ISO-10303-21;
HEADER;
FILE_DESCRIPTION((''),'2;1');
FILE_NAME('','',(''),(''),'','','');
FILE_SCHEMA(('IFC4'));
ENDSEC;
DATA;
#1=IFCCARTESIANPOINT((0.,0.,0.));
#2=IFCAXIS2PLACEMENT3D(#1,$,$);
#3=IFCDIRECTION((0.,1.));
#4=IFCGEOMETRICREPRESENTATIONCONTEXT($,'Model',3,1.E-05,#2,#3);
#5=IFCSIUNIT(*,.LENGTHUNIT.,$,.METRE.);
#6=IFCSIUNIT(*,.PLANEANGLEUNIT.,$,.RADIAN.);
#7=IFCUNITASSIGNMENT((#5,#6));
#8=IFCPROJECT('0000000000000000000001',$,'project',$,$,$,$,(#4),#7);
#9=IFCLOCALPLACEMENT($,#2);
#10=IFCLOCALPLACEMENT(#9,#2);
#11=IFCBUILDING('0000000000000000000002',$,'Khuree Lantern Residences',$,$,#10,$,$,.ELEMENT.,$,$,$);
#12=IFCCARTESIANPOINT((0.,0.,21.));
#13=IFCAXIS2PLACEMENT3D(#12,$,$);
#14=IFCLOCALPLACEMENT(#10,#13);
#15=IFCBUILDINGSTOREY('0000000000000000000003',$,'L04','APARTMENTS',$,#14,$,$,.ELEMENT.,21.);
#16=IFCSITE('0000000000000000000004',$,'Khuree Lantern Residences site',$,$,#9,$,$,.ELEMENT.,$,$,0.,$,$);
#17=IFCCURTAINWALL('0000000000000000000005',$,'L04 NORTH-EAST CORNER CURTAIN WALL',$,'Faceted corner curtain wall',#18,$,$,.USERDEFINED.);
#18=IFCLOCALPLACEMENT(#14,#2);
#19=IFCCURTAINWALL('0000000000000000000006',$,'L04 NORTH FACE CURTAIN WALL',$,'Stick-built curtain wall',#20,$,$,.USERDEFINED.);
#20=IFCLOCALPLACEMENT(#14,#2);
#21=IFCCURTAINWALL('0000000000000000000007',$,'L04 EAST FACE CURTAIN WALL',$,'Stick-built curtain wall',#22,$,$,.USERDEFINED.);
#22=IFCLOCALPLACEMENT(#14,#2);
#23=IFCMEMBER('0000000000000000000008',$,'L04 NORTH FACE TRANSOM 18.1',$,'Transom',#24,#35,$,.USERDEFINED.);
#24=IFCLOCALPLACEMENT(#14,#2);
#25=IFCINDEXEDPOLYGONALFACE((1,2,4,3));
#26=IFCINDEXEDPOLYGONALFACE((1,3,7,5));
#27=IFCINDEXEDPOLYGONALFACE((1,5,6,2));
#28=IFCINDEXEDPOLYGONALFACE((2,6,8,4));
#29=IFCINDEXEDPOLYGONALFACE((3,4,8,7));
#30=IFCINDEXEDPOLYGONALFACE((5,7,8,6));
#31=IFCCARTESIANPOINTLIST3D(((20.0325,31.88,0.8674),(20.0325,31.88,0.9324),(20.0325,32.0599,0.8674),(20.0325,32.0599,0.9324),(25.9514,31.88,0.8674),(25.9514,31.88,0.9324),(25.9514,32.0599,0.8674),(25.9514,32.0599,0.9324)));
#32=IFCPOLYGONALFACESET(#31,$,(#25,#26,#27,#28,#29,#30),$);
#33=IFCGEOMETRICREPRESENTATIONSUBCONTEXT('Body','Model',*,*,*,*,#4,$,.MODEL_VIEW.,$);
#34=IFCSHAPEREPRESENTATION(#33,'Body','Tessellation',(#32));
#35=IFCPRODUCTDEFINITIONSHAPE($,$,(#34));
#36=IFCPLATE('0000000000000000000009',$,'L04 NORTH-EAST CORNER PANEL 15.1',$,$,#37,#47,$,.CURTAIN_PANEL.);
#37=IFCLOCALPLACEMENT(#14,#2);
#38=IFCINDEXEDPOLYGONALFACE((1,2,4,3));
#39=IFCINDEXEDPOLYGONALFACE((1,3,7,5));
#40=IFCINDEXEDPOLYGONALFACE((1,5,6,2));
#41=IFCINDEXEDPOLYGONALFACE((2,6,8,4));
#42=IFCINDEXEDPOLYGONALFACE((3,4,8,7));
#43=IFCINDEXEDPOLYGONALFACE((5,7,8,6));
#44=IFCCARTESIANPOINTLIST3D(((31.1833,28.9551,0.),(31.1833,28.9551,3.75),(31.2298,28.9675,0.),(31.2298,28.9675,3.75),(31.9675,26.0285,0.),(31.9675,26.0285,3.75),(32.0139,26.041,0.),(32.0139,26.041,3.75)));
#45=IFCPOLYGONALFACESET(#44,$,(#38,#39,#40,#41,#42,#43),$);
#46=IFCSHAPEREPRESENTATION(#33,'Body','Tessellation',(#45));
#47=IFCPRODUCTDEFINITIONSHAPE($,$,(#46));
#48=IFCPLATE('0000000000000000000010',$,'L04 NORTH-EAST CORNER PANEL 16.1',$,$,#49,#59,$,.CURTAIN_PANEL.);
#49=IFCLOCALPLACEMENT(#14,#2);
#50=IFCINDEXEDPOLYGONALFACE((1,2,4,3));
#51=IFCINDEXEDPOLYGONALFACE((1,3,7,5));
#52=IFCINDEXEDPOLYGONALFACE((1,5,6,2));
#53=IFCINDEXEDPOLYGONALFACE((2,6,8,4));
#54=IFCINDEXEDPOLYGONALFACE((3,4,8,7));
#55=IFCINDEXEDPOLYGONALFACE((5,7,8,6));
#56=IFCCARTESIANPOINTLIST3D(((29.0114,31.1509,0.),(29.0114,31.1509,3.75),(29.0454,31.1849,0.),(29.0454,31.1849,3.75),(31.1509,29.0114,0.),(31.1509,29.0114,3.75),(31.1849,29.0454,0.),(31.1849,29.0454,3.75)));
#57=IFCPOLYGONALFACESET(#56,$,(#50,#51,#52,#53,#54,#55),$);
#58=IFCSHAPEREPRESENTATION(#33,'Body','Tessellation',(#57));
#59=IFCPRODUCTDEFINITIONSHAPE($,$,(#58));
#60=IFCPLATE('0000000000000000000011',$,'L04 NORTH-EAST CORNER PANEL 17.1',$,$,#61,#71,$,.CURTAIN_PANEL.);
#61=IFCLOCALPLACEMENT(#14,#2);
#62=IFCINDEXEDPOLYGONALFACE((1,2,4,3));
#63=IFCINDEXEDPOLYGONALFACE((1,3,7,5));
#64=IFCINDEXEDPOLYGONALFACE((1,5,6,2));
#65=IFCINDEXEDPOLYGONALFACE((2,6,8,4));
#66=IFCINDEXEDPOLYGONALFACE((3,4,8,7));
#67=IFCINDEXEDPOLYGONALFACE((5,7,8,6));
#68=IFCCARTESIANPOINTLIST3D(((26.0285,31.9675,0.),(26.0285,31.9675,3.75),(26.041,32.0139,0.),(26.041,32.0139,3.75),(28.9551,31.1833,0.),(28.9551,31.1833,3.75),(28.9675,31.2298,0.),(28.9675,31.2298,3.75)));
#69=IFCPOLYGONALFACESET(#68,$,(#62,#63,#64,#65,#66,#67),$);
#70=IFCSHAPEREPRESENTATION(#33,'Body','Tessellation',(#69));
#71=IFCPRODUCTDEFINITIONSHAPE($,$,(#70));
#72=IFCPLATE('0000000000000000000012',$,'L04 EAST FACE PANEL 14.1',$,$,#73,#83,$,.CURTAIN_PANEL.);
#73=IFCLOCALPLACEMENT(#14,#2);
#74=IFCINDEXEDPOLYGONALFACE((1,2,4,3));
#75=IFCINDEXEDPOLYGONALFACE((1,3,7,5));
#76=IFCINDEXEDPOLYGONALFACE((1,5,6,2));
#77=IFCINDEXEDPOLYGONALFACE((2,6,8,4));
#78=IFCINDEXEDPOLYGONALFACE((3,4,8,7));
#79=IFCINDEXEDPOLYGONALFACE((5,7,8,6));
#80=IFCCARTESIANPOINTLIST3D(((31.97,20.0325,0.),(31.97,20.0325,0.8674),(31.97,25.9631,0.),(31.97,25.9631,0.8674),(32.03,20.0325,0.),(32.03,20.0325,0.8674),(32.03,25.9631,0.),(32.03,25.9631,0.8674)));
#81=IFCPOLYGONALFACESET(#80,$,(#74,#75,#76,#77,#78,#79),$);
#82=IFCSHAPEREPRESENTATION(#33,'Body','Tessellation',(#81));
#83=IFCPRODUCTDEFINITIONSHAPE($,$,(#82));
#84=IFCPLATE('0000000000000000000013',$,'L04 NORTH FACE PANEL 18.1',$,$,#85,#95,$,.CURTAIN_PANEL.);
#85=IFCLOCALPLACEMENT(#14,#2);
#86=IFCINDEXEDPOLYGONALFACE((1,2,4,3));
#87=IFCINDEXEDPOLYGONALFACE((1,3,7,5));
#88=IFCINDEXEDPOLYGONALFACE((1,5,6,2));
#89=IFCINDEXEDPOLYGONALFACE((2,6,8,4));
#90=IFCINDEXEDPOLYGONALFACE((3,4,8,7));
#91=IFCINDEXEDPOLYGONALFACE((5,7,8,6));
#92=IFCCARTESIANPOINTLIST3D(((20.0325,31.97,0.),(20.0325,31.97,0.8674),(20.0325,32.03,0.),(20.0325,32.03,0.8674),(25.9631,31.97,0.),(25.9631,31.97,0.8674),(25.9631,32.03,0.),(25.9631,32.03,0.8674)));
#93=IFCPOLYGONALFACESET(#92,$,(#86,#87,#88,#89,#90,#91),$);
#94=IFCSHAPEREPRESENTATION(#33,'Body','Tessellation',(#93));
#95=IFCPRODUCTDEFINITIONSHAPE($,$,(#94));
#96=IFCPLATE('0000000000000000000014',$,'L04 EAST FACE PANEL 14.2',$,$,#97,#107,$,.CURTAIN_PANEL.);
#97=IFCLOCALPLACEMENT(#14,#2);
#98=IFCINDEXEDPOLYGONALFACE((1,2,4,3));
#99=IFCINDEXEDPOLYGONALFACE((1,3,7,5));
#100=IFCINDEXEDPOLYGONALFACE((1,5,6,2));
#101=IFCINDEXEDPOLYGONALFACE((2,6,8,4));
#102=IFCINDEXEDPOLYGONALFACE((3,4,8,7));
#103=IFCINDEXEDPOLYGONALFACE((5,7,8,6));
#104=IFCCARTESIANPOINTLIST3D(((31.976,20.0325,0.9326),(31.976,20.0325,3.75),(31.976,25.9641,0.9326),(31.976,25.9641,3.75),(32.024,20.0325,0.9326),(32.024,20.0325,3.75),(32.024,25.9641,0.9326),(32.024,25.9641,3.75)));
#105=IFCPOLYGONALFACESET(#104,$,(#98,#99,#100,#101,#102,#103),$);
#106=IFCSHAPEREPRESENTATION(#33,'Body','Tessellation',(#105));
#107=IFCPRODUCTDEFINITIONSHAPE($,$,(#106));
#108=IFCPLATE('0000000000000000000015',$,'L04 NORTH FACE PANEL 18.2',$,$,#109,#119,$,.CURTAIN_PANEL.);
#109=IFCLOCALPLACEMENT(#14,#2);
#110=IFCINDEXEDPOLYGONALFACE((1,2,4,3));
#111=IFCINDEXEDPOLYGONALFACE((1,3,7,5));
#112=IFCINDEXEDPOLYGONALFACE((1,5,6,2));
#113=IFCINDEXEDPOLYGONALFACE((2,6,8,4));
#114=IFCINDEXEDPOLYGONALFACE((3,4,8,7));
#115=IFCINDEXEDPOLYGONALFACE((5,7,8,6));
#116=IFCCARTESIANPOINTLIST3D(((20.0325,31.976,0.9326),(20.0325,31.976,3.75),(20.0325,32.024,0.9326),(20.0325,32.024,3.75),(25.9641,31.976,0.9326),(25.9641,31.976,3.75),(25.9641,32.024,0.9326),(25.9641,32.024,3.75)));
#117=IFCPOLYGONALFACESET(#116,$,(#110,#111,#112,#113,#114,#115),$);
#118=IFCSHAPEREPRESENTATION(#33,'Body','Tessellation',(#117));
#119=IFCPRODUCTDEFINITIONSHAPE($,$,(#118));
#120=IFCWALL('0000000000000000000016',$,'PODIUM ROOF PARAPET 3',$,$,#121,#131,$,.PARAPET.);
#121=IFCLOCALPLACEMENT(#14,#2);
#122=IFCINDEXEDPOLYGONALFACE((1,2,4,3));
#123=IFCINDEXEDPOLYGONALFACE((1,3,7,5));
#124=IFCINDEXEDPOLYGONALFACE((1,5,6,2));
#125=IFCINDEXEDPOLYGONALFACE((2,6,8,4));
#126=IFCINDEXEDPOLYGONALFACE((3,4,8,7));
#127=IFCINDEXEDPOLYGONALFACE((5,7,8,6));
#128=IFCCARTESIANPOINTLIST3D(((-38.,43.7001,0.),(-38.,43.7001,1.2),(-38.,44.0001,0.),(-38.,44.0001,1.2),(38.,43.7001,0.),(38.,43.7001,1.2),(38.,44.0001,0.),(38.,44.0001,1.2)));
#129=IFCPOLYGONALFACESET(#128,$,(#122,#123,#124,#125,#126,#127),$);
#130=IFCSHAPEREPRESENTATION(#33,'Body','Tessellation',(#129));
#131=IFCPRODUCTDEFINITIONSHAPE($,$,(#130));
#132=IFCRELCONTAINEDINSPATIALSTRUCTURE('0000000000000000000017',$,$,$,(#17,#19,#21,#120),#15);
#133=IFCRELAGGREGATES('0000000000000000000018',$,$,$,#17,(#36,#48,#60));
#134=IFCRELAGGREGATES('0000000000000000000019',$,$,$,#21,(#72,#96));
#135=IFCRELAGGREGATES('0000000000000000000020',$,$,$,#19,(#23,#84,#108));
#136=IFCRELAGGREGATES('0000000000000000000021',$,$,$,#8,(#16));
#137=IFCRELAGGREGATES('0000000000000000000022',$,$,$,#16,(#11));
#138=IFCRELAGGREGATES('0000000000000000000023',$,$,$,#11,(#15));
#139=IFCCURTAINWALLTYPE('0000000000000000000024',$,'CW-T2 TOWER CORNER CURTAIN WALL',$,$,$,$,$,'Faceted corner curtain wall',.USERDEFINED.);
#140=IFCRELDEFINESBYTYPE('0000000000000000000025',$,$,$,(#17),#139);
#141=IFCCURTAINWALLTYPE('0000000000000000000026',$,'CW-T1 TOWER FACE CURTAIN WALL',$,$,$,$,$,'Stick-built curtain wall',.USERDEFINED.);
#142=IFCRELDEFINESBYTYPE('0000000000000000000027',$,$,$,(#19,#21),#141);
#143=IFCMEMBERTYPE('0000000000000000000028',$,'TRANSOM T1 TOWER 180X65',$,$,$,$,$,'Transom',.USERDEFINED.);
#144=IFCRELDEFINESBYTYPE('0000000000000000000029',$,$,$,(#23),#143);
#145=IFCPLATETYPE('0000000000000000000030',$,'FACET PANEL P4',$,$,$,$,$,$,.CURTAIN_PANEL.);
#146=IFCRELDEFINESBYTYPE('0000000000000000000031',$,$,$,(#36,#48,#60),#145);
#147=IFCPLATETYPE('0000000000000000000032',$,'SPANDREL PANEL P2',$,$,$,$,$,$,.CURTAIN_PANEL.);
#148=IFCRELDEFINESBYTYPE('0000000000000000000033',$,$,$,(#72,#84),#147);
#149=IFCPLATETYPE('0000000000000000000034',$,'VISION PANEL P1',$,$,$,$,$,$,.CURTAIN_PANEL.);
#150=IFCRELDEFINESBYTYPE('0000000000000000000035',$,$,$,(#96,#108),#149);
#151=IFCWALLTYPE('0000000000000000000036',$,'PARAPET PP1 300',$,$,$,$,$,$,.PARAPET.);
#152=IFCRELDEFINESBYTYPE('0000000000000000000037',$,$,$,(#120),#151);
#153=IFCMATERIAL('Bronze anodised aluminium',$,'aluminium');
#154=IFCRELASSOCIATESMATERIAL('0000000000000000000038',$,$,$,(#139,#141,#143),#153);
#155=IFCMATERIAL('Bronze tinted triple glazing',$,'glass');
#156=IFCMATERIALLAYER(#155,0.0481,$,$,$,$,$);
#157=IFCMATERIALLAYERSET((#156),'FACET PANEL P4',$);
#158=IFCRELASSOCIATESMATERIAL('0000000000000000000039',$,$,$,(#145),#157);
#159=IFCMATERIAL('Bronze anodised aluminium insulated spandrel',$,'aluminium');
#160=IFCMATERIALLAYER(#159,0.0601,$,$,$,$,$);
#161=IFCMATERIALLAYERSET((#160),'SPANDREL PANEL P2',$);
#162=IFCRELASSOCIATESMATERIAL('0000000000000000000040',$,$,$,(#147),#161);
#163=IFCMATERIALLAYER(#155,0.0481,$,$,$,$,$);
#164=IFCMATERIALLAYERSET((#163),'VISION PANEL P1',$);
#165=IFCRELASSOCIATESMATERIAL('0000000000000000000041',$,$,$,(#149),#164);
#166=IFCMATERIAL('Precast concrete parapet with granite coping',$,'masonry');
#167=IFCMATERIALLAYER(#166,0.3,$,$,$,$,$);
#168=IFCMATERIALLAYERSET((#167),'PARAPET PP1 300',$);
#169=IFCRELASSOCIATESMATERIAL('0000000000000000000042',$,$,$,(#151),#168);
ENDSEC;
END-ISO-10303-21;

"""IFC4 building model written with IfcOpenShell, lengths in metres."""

from ifc_helpers import new_model, si_unit, direction, frame, frame_2d, origin, origin_2d, place, context, subcontext, project, spatial, rectangle, extrude, material, layer, layer_set, material_profile, profile_set, type_object, element, aggregate, save


model = new_model("IFC4")

# Units and contexts
model_context = context("Model", 3, precision=1e-05, world=origin(), true_north=direction((0.0, 1.0)))
body_context = subcontext(model_context, "Body", "Model", "MODEL_VIEW")
ifc_project = project(units=[si_unit("LENGTHUNIT", "METRE"), si_unit("PLANEANGLEUNIT", "RADIAN")], contexts=[model_context])

# Site, building, storey
site_placement = place(None, origin())
site = spatial("IfcSite", under=ifc_project, at=site_placement, Name="Khuree Lantern Residences site", CompositionType="ELEMENT", RefElevation=0.0)
building_placement = place(site_placement, origin())
building = spatial("IfcBuilding", under=site, at=building_placement, Name="Khuree Lantern Residences", CompositionType="ELEMENT")
storey_placement = place(building_placement, frame((0.0, 0.0, 21.0)))
storey = spatial("IfcBuildingStorey", under=building, at=storey_placement, Name="L04", Description="APARTMENTS", CompositionType="ELEMENT", Elevation=21.0)

# Curtain walls
ifc_material_1 = material(Name="Bronze anodised aluminium", Category="aluminium")
curtain_wall_type_1 = type_object("IfcCurtainWallType", Name="CW-T2 TOWER CORNER CURTAIN WALL", ElementType="Faceted corner curtain wall", PredefinedType="USERDEFINED", material=ifc_material_1)
curtain_wall_1_placement = place(storey_placement, origin())
curtain_wall_1 = element("IfcCurtainWall", 1, at=curtain_wall_1_placement, inside=storey, type_object=curtain_wall_type_1, Name="L04 NORTH-EAST CORNER CURTAIN WALL", ObjectType="Faceted corner curtain wall", PredefinedType="USERDEFINED")
curtain_wall_type_2 = type_object("IfcCurtainWallType", Name="CW-T1 TOWER FACE CURTAIN WALL", ElementType="Stick-built curtain wall", PredefinedType="USERDEFINED", material=ifc_material_1)
curtain_wall_2_placement = place(storey_placement, origin())
curtain_wall_2 = element("IfcCurtainWall", 2, at=curtain_wall_2_placement, inside=storey, type_object=curtain_wall_type_2, Name="L04 NORTH FACE CURTAIN WALL", ObjectType="Stick-built curtain wall", PredefinedType="USERDEFINED")

# Curtain wall
curtain_wall_3_placement = place(storey_placement, origin())
curtain_wall_3 = element("IfcCurtainWall", 3, at=curtain_wall_3_placement, inside=storey, type_object=curtain_wall_type_2, Name="L04 EAST FACE CURTAIN WALL", ObjectType="Stick-built curtain wall", PredefinedType="USERDEFINED")
ifc_material_profile_1 = material_profile(ifc_material_1, rectangle(XDim=0.1799, YDim=0.0649, at=origin_2d()), Name="T1 180X65")
ifc_profile_set_1 = profile_set([ifc_material_profile_1], Name="Bronze anodised aluminium")
member_type_1 = type_object("IfcMemberType", Name="TRANSOM T1 TOWER 180X65", ElementType="Transom", PredefinedType="USERDEFINED", material=ifc_profile_set_1)

# Member
member_1_placement = place(storey_placement, frame((25.9514, 31.97, 0.8999), z_axis=(-1.0, 0.0, 0.0), x_axis=(0.0, -1.0, 0.0)))
member_1 = element("IfcMember", 4, at=member_1_placement, type_object=member_type_1, Name="L04 NORTH FACE TRANSOM 18.1", ObjectType="Transom", PredefinedType="USERDEFINED", context=body_context, shape_type="SweptSolid", body=[
    extrude(rectangle(XDim=0.1799, YDim=0.0649, at=origin_2d()), origin(), (0.0, 0.0, 1.0), 5.9189),
])

# Plates
ifc_material_2 = material(Name="Bronze tinted triple glazing", Category="glass")
ifc_layer_1 = layer(ifc_material_2, 0.0481)
ifc_layer_set_1 = layer_set([ifc_layer_1], Name="FACET PANEL P4")
plate_type_1 = type_object("IfcPlateType", Name="FACET PANEL P4", PredefinedType="CURTAIN_PANEL", material=ifc_layer_set_1)
plate_1_placement = place(storey_placement, frame((31.5986, 27.498, 0.0), z_axis=(0.0, 0.0, 1.0), x_axis=(-0.258819, 0.965926, 0.0)))
plate_1 = element("IfcPlate", 5, at=plate_1_placement, type_object=plate_type_1, Name="L04 NORTH-EAST CORNER PANEL 15.1", PredefinedType="CURTAIN_PANEL", context=body_context, shape_type="SweptSolid", body=[
    extrude(rectangle(XDim=3.0298, YDim=0.0481, at=origin_2d()), origin(), (0.0, 0.0, 1.0), 3.75),
])
plate_2_placement = place(storey_placement, frame((30.0981, 30.0981, 0.0), z_axis=(0.0, 0.0, 1.0), x_axis=(-0.707107, 0.707107, 0.0)))
plate_2 = element("IfcPlate", 6, at=plate_2_placement, type_object=plate_type_1, Name="L04 NORTH-EAST CORNER PANEL 16.1", PredefinedType="CURTAIN_PANEL", context=body_context, shape_type="SweptSolid", body=[
    extrude(rectangle(XDim=3.0256, YDim=0.0481, at=origin_2d()), origin(), (0.0, 0.0, 1.0), 3.75),
])
plate_3_placement = place(storey_placement, frame((27.498, 31.5986, 0.0), z_axis=(0.0, 0.0, 1.0), x_axis=(-0.965926, 0.258819, 0.0)))
plate_3 = element("IfcPlate", 7, at=plate_3_placement, type_object=plate_type_1, Name="L04 NORTH-EAST CORNER PANEL 17.1", PredefinedType="CURTAIN_PANEL", context=body_context, shape_type="SweptSolid", body=[
    extrude(rectangle(XDim=3.0298, YDim=0.0481, at=origin_2d()), origin(), (0.0, 0.0, 1.0), 3.75),
])
aggregate(curtain_wall_1, [plate_1, plate_2, plate_3])
ifc_material_3 = material(Name="Bronze anodised aluminium insulated spandrel", Category="aluminium")
ifc_layer_2 = layer(ifc_material_3, 0.0601)
ifc_layer_set_2 = layer_set([ifc_layer_2], Name="SPANDREL PANEL P2")
plate_type_2 = type_object("IfcPlateType", Name="SPANDREL PANEL P2", PredefinedType="CURTAIN_PANEL", material=ifc_layer_set_2)
plate_4_placement = place(storey_placement, frame((32.0, 22.9978, 0.0), z_axis=(0.0, 0.0, 1.0), x_axis=(0.0, 1.0, 0.0)))
plate_4 = element("IfcPlate", 8, at=plate_4_placement, type_object=plate_type_2, Name="L04 EAST FACE PANEL 14.1", PredefinedType="CURTAIN_PANEL", context=body_context, shape_type="SweptSolid", body=[
    extrude(rectangle(XDim=5.9307, YDim=0.0601, at=origin_2d()), origin(), (0.0, 0.0, 1.0), 0.8674),
])
plate_5_placement = place(storey_placement, frame((22.9978, 32.0, 0.0), z_axis=(0.0, 0.0, 1.0), x_axis=(-1.0, 0.0, 0.0)))
plate_5 = element("IfcPlate", 9, at=plate_5_placement, type_object=plate_type_2, Name="L04 NORTH FACE PANEL 18.1", PredefinedType="CURTAIN_PANEL", context=body_context, shape_type="SweptSolid", body=[
    extrude(rectangle(XDim=5.9307, YDim=0.0601, at=origin_2d()), origin(), (0.0, 0.0, 1.0), 0.8674),
])
ifc_layer_3 = layer(ifc_material_2, 0.0481)
ifc_layer_set_3 = layer_set([ifc_layer_3], Name="VISION PANEL P1")
plate_type_3 = type_object("IfcPlateType", Name="VISION PANEL P1", PredefinedType="CURTAIN_PANEL", material=ifc_layer_set_3)
plate_6_placement = place(storey_placement, frame((32.0, 22.9983, 0.9326), z_axis=(0.0, 0.0, 1.0), x_axis=(0.0, 1.0, 0.0)))
plate_6 = element("IfcPlate", 10, at=plate_6_placement, type_object=plate_type_3, Name="L04 EAST FACE PANEL 14.2", PredefinedType="CURTAIN_PANEL", context=body_context, shape_type="SweptSolid", body=[
    extrude(rectangle(XDim=5.9316, YDim=0.0481, at=origin_2d()), origin(), (0.0, 0.0, 1.0), 2.8174),
])
aggregate(curtain_wall_3, [plate_4, plate_6])
plate_7_placement = place(storey_placement, frame((22.9983, 32.0, 0.9326), z_axis=(0.0, 0.0, 1.0), x_axis=(-1.0, 0.0, 0.0)))
plate_7 = element("IfcPlate", 11, at=plate_7_placement, type_object=plate_type_3, Name="L04 NORTH FACE PANEL 18.2", PredefinedType="CURTAIN_PANEL", context=body_context, shape_type="SweptSolid", body=[
    extrude(rectangle(XDim=5.9316, YDim=0.0481, at=origin_2d()), origin(), (0.0, 0.0, 1.0), 2.8174),
])
aggregate(curtain_wall_2, [member_1, plate_5, plate_7])

# Wall
ifc_material_4 = material(Name="Precast concrete parapet with granite coping", Category="masonry")
ifc_layer_4 = layer(ifc_material_4, 0.3)
ifc_layer_set_4 = layer_set([ifc_layer_4], Name="PARAPET PP1 300")
wall_type = type_object("IfcWallType", Name="PARAPET PP1 300", PredefinedType="PARAPET", material=ifc_layer_set_4)
wall_placement = place(storey_placement, frame((38.0, 43.8501, 0.0), z_axis=(0.0, 0.0, 1.0), x_axis=(-1.0, 0.0, 0.0)))
element("IfcWall", 12, at=wall_placement, inside=storey, type_object=wall_type, Name="PODIUM ROOF PARAPET 3", PredefinedType="PARAPET", context=body_context, shape_type="SweptSolid", body=[
    extrude(rectangle(XDim=76.0, YDim=0.3, at=frame_2d((38.0, 0.0))), origin(), (0.0, 0.0, 1.0), 1.2),
])

save(model, "model.ifc")
